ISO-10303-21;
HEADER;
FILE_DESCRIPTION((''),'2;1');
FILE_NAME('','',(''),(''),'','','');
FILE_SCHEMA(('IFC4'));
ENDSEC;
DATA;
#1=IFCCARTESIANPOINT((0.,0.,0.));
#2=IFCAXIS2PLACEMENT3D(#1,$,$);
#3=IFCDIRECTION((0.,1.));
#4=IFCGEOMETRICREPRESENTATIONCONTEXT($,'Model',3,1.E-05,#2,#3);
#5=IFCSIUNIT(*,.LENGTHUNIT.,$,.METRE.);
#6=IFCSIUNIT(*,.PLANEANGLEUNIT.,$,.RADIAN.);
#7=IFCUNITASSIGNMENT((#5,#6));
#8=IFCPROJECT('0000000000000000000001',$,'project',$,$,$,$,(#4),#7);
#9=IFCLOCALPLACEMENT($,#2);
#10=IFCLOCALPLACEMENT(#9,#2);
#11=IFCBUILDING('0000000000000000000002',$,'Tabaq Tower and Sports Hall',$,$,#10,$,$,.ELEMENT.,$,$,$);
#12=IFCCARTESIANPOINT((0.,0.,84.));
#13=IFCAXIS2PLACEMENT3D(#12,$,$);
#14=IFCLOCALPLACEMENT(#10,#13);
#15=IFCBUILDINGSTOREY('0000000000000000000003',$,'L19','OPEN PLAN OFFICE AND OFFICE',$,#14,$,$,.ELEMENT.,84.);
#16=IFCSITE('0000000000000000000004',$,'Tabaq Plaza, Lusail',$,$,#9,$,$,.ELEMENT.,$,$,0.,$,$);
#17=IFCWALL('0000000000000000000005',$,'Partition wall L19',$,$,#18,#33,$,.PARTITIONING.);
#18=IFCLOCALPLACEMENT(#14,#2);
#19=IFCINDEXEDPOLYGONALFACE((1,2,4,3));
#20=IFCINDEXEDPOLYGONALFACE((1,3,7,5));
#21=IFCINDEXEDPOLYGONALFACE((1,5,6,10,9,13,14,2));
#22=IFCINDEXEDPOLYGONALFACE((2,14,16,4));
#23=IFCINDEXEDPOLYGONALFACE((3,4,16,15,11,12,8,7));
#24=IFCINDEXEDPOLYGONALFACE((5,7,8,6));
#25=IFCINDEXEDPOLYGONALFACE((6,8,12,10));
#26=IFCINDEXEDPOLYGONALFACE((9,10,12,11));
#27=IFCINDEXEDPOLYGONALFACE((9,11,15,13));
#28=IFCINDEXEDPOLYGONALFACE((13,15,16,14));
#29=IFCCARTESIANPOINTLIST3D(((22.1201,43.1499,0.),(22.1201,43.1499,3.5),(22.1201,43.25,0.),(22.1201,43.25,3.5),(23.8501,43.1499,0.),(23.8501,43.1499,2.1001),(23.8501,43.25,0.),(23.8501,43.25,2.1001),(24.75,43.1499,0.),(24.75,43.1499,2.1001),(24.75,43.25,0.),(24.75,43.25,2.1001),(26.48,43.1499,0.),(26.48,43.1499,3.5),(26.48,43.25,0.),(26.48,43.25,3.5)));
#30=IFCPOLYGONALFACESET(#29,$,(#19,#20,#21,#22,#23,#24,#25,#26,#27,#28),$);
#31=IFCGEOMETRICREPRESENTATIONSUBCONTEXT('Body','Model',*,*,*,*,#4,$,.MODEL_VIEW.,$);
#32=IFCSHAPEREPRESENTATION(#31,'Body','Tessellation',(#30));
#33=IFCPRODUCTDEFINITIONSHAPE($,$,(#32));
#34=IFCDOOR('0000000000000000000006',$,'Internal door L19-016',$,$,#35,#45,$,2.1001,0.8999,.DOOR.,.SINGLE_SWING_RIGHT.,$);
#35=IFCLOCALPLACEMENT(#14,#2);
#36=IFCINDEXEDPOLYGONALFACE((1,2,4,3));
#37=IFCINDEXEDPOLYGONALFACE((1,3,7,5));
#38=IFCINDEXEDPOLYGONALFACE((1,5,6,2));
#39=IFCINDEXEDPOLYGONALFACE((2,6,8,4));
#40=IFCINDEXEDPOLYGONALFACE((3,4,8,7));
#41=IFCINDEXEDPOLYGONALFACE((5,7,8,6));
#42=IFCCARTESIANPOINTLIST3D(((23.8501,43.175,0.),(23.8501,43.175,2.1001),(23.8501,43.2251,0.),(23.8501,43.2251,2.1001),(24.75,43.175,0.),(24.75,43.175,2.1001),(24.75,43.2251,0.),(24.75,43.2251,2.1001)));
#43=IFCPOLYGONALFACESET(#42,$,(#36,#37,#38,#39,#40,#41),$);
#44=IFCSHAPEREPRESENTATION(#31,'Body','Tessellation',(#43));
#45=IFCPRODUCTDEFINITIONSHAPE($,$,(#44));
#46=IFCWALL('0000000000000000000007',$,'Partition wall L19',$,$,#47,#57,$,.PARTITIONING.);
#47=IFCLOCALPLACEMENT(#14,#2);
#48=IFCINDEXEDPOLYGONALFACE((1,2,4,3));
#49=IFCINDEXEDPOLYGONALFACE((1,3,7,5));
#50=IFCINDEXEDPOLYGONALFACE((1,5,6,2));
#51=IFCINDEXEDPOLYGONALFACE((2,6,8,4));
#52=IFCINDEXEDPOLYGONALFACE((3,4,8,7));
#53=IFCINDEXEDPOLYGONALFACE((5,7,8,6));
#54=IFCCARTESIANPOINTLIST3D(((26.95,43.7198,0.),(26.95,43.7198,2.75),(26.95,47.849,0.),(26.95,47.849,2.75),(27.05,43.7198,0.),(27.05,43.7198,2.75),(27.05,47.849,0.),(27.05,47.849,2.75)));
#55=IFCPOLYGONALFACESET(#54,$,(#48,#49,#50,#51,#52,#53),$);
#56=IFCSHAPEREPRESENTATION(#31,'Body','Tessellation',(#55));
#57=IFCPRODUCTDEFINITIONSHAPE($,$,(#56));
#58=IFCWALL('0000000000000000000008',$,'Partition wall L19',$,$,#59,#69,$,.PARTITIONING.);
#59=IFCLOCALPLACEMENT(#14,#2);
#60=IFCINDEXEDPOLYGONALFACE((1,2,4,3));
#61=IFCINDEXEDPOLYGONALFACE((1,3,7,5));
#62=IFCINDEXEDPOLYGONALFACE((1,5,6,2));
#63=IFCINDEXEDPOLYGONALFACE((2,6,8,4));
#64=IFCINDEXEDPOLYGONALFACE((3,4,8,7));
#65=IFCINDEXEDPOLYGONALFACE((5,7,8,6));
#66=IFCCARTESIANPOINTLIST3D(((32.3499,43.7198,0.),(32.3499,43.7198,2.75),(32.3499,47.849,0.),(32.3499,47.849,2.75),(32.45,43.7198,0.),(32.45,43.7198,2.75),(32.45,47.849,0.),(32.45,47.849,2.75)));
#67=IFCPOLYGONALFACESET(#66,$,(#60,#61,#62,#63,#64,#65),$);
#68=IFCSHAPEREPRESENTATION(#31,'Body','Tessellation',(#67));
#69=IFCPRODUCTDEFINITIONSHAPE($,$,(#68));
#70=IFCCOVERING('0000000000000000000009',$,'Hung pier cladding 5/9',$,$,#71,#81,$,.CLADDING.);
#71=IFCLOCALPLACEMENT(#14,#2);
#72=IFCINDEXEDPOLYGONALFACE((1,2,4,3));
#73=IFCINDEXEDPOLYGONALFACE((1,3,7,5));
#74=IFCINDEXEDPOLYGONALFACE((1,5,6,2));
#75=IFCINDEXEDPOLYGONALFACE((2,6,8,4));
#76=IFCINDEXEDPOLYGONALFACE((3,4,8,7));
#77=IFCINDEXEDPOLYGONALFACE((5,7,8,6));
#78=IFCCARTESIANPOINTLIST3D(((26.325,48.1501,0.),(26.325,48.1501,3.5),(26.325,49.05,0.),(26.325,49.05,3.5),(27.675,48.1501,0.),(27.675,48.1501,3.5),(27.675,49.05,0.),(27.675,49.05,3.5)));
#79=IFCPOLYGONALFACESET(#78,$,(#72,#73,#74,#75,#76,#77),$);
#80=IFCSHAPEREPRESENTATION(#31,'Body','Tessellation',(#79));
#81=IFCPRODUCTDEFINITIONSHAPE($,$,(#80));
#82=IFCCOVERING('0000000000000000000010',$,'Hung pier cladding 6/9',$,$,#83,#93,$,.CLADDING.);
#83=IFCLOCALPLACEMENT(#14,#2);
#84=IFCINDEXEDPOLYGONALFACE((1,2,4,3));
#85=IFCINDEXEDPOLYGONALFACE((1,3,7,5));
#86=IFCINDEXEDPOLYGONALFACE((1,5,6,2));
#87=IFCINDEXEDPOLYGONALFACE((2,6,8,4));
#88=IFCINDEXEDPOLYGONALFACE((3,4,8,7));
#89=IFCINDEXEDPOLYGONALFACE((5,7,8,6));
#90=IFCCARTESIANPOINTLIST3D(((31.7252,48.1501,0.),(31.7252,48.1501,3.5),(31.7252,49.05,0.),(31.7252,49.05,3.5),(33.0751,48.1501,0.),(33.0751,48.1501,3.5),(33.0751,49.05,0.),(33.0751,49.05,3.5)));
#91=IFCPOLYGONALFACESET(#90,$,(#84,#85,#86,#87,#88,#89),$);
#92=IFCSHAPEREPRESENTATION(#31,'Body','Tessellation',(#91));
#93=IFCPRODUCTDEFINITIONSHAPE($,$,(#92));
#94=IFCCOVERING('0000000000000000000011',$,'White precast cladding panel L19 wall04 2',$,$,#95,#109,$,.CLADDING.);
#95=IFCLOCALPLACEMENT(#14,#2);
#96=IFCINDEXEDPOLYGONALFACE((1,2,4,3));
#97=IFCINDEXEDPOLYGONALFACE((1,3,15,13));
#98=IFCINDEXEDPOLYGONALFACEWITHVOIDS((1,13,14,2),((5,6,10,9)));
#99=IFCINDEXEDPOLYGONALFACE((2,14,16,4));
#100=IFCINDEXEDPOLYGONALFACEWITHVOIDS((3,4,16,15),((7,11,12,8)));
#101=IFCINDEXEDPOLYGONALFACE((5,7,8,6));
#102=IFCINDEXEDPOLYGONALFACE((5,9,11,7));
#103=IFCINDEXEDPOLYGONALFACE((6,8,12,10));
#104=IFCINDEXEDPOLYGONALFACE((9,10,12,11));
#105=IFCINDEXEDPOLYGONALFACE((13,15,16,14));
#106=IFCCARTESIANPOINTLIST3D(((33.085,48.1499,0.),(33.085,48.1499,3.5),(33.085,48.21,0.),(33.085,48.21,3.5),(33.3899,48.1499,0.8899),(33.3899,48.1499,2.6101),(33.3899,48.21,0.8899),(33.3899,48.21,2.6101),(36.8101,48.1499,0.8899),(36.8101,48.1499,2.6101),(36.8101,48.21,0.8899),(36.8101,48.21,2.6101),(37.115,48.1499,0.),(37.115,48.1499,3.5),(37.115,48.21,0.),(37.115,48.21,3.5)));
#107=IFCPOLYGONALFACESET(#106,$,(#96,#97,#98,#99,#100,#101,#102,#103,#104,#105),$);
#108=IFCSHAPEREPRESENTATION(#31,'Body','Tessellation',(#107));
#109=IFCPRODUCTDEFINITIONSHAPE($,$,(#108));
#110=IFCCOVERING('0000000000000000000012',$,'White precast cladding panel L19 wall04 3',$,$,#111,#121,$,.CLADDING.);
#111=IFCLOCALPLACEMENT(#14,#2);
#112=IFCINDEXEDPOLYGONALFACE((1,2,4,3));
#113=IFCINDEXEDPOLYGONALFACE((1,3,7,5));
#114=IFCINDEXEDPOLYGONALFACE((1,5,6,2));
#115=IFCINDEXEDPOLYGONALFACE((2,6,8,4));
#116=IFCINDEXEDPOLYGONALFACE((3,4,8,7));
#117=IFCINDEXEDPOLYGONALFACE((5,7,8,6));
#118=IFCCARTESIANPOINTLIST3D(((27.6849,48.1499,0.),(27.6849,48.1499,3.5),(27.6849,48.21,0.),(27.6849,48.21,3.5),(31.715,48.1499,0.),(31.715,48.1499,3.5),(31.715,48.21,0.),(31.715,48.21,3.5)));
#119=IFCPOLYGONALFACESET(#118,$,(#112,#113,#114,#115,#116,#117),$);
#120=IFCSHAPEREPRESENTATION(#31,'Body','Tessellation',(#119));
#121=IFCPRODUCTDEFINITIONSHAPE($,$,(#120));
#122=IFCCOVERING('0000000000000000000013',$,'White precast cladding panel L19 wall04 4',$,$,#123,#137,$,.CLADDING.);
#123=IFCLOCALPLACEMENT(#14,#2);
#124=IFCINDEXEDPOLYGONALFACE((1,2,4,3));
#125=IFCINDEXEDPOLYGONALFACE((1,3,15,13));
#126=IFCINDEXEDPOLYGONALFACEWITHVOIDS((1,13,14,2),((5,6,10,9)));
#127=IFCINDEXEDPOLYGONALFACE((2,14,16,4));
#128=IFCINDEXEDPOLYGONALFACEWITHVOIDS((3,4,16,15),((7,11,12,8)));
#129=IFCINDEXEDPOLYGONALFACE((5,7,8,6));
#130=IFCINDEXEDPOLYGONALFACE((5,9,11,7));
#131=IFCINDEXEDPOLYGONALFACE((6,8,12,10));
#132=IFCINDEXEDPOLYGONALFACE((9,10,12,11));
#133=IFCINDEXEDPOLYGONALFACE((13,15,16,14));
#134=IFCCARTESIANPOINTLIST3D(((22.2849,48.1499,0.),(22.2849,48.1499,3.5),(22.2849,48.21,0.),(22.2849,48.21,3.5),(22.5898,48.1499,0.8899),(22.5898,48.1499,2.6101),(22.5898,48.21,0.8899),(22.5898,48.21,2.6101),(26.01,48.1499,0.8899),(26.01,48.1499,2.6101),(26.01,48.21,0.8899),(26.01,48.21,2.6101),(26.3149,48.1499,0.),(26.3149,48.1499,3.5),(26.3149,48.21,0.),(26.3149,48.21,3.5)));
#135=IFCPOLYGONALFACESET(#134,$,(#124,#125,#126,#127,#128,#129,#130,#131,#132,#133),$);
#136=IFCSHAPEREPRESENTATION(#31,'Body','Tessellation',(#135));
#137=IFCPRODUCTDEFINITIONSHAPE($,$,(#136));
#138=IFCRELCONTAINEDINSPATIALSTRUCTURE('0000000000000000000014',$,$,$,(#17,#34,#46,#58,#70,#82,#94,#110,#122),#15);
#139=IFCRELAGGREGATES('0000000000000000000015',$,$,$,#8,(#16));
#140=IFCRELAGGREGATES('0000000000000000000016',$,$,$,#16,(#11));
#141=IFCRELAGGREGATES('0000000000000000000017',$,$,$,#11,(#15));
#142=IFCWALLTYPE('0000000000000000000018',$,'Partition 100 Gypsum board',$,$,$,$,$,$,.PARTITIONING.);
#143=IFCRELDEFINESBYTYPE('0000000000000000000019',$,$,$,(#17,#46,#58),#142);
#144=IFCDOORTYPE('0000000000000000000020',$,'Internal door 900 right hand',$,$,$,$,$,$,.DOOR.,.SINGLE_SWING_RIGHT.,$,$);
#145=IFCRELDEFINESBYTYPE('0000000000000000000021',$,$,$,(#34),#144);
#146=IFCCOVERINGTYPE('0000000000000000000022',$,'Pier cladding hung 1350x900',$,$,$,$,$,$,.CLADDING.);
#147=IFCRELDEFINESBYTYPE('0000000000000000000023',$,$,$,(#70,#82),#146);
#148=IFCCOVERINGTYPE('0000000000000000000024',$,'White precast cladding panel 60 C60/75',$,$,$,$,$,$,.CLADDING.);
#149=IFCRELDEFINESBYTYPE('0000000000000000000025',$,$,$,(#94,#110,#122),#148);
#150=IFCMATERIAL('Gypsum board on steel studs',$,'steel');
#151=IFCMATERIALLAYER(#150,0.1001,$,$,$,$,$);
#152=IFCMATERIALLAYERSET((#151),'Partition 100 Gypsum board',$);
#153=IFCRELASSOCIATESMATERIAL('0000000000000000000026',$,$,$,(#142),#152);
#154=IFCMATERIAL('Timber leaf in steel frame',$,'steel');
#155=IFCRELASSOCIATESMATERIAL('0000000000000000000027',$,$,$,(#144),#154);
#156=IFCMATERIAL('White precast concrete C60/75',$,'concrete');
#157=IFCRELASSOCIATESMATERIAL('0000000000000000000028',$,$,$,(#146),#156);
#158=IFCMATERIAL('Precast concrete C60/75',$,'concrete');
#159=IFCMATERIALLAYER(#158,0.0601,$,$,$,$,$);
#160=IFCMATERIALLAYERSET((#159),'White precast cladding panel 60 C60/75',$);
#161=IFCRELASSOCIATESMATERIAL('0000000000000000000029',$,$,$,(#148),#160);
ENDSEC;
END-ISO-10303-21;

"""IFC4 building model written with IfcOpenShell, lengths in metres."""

from ifc_helpers import new_model, si_unit, direction, frame, frame_2d, origin, place, context, subcontext, project, spatial, polyline, rectangle, outline, extrude, material, layer, layer_set, type_object, element, fill, save


model = new_model("IFC4")

# Units and contexts
model_context = context("Model", 3, precision=1e-05, world=origin(), true_north=direction((0.0, 1.0)))
body_context = subcontext(model_context, "Body", "Model", "MODEL_VIEW")
ifc_project = project(units=[si_unit("LENGTHUNIT", "METRE"), si_unit("PLANEANGLEUNIT", "RADIAN")], contexts=[model_context])

# Site, building, storey
site_placement = place(None, origin())
site = spatial("IfcSite", under=ifc_project, at=site_placement, Name="Tabaq Plaza, Lusail", CompositionType="ELEMENT", RefElevation=0.0)
building_placement = place(site_placement, origin())
building = spatial("IfcBuilding", under=site, at=building_placement, Name="Tabaq Tower and Sports Hall", CompositionType="ELEMENT")
storey_placement = place(building_placement, frame((0.0, 0.0, 84.0)))
storey = spatial("IfcBuildingStorey", under=building, at=storey_placement, Name="L19", Description="OPEN PLAN OFFICE AND OFFICE", CompositionType="ELEMENT", Elevation=84.0)

# Shared definitions
ifc_material_1 = material(Name="Gypsum board on steel studs", Category="steel")
ifc_layer_1 = layer(ifc_material_1, 0.1001)
ifc_layer_set_1 = layer_set([ifc_layer_1], Name="Partition 100 Gypsum board")
wall_type = type_object("IfcWallType", Name="Partition 100 Gypsum board", PredefinedType="PARTITIONING", material=ifc_layer_set_1)

# Wall, opening, door
ifc_material_2 = material(Name="Timber leaf in steel frame", Category="steel")
door_type = type_object("IfcDoorType", Name="Internal door 900 right hand", OperationType="SINGLE_SWING_RIGHT", PredefinedType="DOOR", material=ifc_material_2)
wall_1_placement = place(storey_placement, frame((26.48, 43.2, 0.0), z_axis=(0.0, 0.0, 1.0), x_axis=(-1.0, 0.0, 0.0)))
wall_1 = element("IfcWall", 1, at=wall_1_placement, inside=storey, type_object=wall_type, Name="Partition wall L19", PredefinedType="PARTITIONING", context=body_context, shape_type="SweptSolid", body=[
    extrude(rectangle(XDim=4.3599, YDim=0.1001, at=frame_2d((2.1799, 0.0))), origin(), (0.0, 0.0, 1.0), 3.5),
])
opening_1_placement = place(wall_1_placement, frame((1.73, 0.0, 0.0)))
opening_1 = element("IfcOpeningElement", 2, at=opening_1_placement, cuts=wall_1, PredefinedType="OPENING", context=body_context, shape_type="SweptSolid", body=[
    extrude(rectangle(XDim=0.8999, YDim=2.1001, at=frame_2d((0.45, 1.05))), frame((0.0, 0.05, 0.0), z_axis=(0.0, -1.0, 0.0), x_axis=(1.0, 0.0, 0.0)), (0.0, 0.0, 1.0), 0.1001),
])
door_1_placement = place(opening_1_placement, origin())
door_1 = element("IfcDoor", 3, at=door_1_placement, inside=storey, type_object=door_type, Name="Internal door L19-016", OperationType="SINGLE_SWING_RIGHT", OverallHeight=2.1001, OverallWidth=0.8999, PredefinedType="DOOR", context=body_context, shape_type="SweptSolid", body=[
    extrude(rectangle(XDim=0.8999, YDim=2.1001, at=frame_2d((0.45, 1.05))), frame((0.0, 0.0249, 0.0), z_axis=(0.0, -1.0, 0.0), x_axis=(1.0, 0.0, 0.0)), (0.0, 0.0, 1.0), 0.05),
])
fill(opening_1, door_1)

# Walls
for number, where, z_axis, x_axis, name in (
    (4, (27.0, 43.72, 0.0), (0.0, 0.0, 1.0), (0.0, 1.0, 0.0), "Partition wall L19"),
    (5, (32.3999, 43.72, 0.0), (0.0, 0.0, 1.0), (0.0, 1.0, 0.0), "Partition wall L19"),
):
    element("IfcWall", number, at=place(storey_placement, frame(where, z_axis=z_axis, x_axis=x_axis)), inside=storey, type_object=wall_type, Name=name, PredefinedType="PARTITIONING", context=body_context, shape_type="SweptSolid", body=[
        extrude(rectangle(XDim=4.1292, YDim=0.1001, at=frame_2d((2.0645, 0.0))), origin(), (0.0, 0.0, 1.0), 2.75),
    ])

# Coverings
ifc_material_3 = material(Name="White precast concrete C60/75", Category="concrete")
covering_type_1 = type_object("IfcCoveringType", Name="Pier cladding hung 1350x900", PredefinedType="CLADDING", material=ifc_material_3)
covering_1_placement = place(storey_placement, frame((27.675, 48.6001, 0.0), z_axis=(0.0, 0.0, 1.0), x_axis=(-1.0, 0.0, 0.0)))
element("IfcCovering", 6, at=covering_1_placement, inside=storey, type_object=covering_type_1, Name="Hung pier cladding 5/9", PredefinedType="CLADDING", context=body_context, shape_type="SweptSolid", body=[
    extrude(rectangle(XDim=1.3501, YDim=0.8999, at=frame_2d((0.675, 0.0))), origin(), (0.0, 0.0, 1.0), 3.5),
])
covering_2_placement = place(storey_placement, frame((33.075, 48.6001, 0.0), z_axis=(0.0, 0.0, 1.0), x_axis=(-1.0, 0.0, 0.0)))
element("IfcCovering", 7, at=covering_2_placement, inside=storey, type_object=covering_type_1, Name="Hung pier cladding 6/9", PredefinedType="CLADDING", context=body_context, shape_type="SweptSolid", body=[
    extrude(rectangle(XDim=1.3499, YDim=0.8999, at=frame_2d((0.6748, 0.0))), origin(), (0.0, 0.0, 1.0), 3.5),
])
ifc_material_4 = material(Name="Precast concrete C60/75", Category="concrete")
ifc_layer_2 = layer(ifc_material_4, 0.0601)
ifc_layer_set_2 = layer_set([ifc_layer_2], Name="White precast cladding panel 60 C60/75")
covering_type_2 = type_object("IfcCoveringType", Name="White precast cladding panel 60 C60/75", PredefinedType="CLADDING", material=ifc_layer_set_2)
covering_3_placement = place(storey_placement, frame((37.115, 48.1799, 0.0), z_axis=(0.0, 0.0, 1.0), x_axis=(-1.0, 0.0, 0.0)))
element("IfcCovering", 8, at=covering_3_placement, inside=storey, type_object=covering_type_2, Name="White precast cladding panel L19 wall04 2", PredefinedType="CLADDING", context=body_context, shape_type="SweptSolid", body=[
    extrude(outline(polyline([(0.0, 0.0), (4.03, 0.0), (4.03, 3.5), (0.0, 3.5), (0.0, 0.0)]), holes=[polyline([(0.3049, 0.8899), (0.3049, 2.6101), (3.7251, 2.6101), (3.7251, 0.8899), (0.3049, 0.8899)])]), frame((0.0, 0.03, 0.0), z_axis=(0.0, -1.0, 0.0), x_axis=(1.0, 0.0, 0.0)), (0.0, 0.0, 1.0), 0.0601),
])
covering_4_placement = place(storey_placement, frame((31.7151, 48.1799, 0.0), z_axis=(0.0, 0.0, 1.0), x_axis=(-1.0, 0.0, 0.0)))
element("IfcCovering", 9, at=covering_4_placement, inside=storey, type_object=covering_type_2, Name="White precast cladding panel L19 wall04 3", PredefinedType="CLADDING", context=body_context, shape_type="SweptSolid", body=[
    extrude(rectangle(XDim=4.03, YDim=0.0601, at=frame_2d((2.0151, 0.0))), origin(), (0.0, 0.0, 1.0), 3.5),
])
covering_5_placement = place(storey_placement, frame((26.3149, 48.1799, 0.0), z_axis=(0.0, 0.0, 1.0), x_axis=(-1.0, 0.0, 0.0)))
element("IfcCovering", 10, at=covering_5_placement, inside=storey, type_object=covering_type_2, Name="White precast cladding panel L19 wall04 4", PredefinedType="CLADDING", context=body_context, shape_type="SweptSolid", body=[
    extrude(outline(polyline([(0.0, 0.0), (4.03, 0.0), (4.03, 3.5), (0.0, 3.5), (0.0, 0.0)]), holes=[polyline([(0.3049, 0.8899), (0.3049, 2.6101), (3.7251, 2.6101), (3.7251, 0.8899), (0.3049, 0.8899)])]), frame((0.0, 0.03, 0.0), z_axis=(0.0, -1.0, 0.0), x_axis=(1.0, 0.0, 0.0)), (0.0, 0.0, 1.0), 0.0601),
])

save(model, "model.ifc")
